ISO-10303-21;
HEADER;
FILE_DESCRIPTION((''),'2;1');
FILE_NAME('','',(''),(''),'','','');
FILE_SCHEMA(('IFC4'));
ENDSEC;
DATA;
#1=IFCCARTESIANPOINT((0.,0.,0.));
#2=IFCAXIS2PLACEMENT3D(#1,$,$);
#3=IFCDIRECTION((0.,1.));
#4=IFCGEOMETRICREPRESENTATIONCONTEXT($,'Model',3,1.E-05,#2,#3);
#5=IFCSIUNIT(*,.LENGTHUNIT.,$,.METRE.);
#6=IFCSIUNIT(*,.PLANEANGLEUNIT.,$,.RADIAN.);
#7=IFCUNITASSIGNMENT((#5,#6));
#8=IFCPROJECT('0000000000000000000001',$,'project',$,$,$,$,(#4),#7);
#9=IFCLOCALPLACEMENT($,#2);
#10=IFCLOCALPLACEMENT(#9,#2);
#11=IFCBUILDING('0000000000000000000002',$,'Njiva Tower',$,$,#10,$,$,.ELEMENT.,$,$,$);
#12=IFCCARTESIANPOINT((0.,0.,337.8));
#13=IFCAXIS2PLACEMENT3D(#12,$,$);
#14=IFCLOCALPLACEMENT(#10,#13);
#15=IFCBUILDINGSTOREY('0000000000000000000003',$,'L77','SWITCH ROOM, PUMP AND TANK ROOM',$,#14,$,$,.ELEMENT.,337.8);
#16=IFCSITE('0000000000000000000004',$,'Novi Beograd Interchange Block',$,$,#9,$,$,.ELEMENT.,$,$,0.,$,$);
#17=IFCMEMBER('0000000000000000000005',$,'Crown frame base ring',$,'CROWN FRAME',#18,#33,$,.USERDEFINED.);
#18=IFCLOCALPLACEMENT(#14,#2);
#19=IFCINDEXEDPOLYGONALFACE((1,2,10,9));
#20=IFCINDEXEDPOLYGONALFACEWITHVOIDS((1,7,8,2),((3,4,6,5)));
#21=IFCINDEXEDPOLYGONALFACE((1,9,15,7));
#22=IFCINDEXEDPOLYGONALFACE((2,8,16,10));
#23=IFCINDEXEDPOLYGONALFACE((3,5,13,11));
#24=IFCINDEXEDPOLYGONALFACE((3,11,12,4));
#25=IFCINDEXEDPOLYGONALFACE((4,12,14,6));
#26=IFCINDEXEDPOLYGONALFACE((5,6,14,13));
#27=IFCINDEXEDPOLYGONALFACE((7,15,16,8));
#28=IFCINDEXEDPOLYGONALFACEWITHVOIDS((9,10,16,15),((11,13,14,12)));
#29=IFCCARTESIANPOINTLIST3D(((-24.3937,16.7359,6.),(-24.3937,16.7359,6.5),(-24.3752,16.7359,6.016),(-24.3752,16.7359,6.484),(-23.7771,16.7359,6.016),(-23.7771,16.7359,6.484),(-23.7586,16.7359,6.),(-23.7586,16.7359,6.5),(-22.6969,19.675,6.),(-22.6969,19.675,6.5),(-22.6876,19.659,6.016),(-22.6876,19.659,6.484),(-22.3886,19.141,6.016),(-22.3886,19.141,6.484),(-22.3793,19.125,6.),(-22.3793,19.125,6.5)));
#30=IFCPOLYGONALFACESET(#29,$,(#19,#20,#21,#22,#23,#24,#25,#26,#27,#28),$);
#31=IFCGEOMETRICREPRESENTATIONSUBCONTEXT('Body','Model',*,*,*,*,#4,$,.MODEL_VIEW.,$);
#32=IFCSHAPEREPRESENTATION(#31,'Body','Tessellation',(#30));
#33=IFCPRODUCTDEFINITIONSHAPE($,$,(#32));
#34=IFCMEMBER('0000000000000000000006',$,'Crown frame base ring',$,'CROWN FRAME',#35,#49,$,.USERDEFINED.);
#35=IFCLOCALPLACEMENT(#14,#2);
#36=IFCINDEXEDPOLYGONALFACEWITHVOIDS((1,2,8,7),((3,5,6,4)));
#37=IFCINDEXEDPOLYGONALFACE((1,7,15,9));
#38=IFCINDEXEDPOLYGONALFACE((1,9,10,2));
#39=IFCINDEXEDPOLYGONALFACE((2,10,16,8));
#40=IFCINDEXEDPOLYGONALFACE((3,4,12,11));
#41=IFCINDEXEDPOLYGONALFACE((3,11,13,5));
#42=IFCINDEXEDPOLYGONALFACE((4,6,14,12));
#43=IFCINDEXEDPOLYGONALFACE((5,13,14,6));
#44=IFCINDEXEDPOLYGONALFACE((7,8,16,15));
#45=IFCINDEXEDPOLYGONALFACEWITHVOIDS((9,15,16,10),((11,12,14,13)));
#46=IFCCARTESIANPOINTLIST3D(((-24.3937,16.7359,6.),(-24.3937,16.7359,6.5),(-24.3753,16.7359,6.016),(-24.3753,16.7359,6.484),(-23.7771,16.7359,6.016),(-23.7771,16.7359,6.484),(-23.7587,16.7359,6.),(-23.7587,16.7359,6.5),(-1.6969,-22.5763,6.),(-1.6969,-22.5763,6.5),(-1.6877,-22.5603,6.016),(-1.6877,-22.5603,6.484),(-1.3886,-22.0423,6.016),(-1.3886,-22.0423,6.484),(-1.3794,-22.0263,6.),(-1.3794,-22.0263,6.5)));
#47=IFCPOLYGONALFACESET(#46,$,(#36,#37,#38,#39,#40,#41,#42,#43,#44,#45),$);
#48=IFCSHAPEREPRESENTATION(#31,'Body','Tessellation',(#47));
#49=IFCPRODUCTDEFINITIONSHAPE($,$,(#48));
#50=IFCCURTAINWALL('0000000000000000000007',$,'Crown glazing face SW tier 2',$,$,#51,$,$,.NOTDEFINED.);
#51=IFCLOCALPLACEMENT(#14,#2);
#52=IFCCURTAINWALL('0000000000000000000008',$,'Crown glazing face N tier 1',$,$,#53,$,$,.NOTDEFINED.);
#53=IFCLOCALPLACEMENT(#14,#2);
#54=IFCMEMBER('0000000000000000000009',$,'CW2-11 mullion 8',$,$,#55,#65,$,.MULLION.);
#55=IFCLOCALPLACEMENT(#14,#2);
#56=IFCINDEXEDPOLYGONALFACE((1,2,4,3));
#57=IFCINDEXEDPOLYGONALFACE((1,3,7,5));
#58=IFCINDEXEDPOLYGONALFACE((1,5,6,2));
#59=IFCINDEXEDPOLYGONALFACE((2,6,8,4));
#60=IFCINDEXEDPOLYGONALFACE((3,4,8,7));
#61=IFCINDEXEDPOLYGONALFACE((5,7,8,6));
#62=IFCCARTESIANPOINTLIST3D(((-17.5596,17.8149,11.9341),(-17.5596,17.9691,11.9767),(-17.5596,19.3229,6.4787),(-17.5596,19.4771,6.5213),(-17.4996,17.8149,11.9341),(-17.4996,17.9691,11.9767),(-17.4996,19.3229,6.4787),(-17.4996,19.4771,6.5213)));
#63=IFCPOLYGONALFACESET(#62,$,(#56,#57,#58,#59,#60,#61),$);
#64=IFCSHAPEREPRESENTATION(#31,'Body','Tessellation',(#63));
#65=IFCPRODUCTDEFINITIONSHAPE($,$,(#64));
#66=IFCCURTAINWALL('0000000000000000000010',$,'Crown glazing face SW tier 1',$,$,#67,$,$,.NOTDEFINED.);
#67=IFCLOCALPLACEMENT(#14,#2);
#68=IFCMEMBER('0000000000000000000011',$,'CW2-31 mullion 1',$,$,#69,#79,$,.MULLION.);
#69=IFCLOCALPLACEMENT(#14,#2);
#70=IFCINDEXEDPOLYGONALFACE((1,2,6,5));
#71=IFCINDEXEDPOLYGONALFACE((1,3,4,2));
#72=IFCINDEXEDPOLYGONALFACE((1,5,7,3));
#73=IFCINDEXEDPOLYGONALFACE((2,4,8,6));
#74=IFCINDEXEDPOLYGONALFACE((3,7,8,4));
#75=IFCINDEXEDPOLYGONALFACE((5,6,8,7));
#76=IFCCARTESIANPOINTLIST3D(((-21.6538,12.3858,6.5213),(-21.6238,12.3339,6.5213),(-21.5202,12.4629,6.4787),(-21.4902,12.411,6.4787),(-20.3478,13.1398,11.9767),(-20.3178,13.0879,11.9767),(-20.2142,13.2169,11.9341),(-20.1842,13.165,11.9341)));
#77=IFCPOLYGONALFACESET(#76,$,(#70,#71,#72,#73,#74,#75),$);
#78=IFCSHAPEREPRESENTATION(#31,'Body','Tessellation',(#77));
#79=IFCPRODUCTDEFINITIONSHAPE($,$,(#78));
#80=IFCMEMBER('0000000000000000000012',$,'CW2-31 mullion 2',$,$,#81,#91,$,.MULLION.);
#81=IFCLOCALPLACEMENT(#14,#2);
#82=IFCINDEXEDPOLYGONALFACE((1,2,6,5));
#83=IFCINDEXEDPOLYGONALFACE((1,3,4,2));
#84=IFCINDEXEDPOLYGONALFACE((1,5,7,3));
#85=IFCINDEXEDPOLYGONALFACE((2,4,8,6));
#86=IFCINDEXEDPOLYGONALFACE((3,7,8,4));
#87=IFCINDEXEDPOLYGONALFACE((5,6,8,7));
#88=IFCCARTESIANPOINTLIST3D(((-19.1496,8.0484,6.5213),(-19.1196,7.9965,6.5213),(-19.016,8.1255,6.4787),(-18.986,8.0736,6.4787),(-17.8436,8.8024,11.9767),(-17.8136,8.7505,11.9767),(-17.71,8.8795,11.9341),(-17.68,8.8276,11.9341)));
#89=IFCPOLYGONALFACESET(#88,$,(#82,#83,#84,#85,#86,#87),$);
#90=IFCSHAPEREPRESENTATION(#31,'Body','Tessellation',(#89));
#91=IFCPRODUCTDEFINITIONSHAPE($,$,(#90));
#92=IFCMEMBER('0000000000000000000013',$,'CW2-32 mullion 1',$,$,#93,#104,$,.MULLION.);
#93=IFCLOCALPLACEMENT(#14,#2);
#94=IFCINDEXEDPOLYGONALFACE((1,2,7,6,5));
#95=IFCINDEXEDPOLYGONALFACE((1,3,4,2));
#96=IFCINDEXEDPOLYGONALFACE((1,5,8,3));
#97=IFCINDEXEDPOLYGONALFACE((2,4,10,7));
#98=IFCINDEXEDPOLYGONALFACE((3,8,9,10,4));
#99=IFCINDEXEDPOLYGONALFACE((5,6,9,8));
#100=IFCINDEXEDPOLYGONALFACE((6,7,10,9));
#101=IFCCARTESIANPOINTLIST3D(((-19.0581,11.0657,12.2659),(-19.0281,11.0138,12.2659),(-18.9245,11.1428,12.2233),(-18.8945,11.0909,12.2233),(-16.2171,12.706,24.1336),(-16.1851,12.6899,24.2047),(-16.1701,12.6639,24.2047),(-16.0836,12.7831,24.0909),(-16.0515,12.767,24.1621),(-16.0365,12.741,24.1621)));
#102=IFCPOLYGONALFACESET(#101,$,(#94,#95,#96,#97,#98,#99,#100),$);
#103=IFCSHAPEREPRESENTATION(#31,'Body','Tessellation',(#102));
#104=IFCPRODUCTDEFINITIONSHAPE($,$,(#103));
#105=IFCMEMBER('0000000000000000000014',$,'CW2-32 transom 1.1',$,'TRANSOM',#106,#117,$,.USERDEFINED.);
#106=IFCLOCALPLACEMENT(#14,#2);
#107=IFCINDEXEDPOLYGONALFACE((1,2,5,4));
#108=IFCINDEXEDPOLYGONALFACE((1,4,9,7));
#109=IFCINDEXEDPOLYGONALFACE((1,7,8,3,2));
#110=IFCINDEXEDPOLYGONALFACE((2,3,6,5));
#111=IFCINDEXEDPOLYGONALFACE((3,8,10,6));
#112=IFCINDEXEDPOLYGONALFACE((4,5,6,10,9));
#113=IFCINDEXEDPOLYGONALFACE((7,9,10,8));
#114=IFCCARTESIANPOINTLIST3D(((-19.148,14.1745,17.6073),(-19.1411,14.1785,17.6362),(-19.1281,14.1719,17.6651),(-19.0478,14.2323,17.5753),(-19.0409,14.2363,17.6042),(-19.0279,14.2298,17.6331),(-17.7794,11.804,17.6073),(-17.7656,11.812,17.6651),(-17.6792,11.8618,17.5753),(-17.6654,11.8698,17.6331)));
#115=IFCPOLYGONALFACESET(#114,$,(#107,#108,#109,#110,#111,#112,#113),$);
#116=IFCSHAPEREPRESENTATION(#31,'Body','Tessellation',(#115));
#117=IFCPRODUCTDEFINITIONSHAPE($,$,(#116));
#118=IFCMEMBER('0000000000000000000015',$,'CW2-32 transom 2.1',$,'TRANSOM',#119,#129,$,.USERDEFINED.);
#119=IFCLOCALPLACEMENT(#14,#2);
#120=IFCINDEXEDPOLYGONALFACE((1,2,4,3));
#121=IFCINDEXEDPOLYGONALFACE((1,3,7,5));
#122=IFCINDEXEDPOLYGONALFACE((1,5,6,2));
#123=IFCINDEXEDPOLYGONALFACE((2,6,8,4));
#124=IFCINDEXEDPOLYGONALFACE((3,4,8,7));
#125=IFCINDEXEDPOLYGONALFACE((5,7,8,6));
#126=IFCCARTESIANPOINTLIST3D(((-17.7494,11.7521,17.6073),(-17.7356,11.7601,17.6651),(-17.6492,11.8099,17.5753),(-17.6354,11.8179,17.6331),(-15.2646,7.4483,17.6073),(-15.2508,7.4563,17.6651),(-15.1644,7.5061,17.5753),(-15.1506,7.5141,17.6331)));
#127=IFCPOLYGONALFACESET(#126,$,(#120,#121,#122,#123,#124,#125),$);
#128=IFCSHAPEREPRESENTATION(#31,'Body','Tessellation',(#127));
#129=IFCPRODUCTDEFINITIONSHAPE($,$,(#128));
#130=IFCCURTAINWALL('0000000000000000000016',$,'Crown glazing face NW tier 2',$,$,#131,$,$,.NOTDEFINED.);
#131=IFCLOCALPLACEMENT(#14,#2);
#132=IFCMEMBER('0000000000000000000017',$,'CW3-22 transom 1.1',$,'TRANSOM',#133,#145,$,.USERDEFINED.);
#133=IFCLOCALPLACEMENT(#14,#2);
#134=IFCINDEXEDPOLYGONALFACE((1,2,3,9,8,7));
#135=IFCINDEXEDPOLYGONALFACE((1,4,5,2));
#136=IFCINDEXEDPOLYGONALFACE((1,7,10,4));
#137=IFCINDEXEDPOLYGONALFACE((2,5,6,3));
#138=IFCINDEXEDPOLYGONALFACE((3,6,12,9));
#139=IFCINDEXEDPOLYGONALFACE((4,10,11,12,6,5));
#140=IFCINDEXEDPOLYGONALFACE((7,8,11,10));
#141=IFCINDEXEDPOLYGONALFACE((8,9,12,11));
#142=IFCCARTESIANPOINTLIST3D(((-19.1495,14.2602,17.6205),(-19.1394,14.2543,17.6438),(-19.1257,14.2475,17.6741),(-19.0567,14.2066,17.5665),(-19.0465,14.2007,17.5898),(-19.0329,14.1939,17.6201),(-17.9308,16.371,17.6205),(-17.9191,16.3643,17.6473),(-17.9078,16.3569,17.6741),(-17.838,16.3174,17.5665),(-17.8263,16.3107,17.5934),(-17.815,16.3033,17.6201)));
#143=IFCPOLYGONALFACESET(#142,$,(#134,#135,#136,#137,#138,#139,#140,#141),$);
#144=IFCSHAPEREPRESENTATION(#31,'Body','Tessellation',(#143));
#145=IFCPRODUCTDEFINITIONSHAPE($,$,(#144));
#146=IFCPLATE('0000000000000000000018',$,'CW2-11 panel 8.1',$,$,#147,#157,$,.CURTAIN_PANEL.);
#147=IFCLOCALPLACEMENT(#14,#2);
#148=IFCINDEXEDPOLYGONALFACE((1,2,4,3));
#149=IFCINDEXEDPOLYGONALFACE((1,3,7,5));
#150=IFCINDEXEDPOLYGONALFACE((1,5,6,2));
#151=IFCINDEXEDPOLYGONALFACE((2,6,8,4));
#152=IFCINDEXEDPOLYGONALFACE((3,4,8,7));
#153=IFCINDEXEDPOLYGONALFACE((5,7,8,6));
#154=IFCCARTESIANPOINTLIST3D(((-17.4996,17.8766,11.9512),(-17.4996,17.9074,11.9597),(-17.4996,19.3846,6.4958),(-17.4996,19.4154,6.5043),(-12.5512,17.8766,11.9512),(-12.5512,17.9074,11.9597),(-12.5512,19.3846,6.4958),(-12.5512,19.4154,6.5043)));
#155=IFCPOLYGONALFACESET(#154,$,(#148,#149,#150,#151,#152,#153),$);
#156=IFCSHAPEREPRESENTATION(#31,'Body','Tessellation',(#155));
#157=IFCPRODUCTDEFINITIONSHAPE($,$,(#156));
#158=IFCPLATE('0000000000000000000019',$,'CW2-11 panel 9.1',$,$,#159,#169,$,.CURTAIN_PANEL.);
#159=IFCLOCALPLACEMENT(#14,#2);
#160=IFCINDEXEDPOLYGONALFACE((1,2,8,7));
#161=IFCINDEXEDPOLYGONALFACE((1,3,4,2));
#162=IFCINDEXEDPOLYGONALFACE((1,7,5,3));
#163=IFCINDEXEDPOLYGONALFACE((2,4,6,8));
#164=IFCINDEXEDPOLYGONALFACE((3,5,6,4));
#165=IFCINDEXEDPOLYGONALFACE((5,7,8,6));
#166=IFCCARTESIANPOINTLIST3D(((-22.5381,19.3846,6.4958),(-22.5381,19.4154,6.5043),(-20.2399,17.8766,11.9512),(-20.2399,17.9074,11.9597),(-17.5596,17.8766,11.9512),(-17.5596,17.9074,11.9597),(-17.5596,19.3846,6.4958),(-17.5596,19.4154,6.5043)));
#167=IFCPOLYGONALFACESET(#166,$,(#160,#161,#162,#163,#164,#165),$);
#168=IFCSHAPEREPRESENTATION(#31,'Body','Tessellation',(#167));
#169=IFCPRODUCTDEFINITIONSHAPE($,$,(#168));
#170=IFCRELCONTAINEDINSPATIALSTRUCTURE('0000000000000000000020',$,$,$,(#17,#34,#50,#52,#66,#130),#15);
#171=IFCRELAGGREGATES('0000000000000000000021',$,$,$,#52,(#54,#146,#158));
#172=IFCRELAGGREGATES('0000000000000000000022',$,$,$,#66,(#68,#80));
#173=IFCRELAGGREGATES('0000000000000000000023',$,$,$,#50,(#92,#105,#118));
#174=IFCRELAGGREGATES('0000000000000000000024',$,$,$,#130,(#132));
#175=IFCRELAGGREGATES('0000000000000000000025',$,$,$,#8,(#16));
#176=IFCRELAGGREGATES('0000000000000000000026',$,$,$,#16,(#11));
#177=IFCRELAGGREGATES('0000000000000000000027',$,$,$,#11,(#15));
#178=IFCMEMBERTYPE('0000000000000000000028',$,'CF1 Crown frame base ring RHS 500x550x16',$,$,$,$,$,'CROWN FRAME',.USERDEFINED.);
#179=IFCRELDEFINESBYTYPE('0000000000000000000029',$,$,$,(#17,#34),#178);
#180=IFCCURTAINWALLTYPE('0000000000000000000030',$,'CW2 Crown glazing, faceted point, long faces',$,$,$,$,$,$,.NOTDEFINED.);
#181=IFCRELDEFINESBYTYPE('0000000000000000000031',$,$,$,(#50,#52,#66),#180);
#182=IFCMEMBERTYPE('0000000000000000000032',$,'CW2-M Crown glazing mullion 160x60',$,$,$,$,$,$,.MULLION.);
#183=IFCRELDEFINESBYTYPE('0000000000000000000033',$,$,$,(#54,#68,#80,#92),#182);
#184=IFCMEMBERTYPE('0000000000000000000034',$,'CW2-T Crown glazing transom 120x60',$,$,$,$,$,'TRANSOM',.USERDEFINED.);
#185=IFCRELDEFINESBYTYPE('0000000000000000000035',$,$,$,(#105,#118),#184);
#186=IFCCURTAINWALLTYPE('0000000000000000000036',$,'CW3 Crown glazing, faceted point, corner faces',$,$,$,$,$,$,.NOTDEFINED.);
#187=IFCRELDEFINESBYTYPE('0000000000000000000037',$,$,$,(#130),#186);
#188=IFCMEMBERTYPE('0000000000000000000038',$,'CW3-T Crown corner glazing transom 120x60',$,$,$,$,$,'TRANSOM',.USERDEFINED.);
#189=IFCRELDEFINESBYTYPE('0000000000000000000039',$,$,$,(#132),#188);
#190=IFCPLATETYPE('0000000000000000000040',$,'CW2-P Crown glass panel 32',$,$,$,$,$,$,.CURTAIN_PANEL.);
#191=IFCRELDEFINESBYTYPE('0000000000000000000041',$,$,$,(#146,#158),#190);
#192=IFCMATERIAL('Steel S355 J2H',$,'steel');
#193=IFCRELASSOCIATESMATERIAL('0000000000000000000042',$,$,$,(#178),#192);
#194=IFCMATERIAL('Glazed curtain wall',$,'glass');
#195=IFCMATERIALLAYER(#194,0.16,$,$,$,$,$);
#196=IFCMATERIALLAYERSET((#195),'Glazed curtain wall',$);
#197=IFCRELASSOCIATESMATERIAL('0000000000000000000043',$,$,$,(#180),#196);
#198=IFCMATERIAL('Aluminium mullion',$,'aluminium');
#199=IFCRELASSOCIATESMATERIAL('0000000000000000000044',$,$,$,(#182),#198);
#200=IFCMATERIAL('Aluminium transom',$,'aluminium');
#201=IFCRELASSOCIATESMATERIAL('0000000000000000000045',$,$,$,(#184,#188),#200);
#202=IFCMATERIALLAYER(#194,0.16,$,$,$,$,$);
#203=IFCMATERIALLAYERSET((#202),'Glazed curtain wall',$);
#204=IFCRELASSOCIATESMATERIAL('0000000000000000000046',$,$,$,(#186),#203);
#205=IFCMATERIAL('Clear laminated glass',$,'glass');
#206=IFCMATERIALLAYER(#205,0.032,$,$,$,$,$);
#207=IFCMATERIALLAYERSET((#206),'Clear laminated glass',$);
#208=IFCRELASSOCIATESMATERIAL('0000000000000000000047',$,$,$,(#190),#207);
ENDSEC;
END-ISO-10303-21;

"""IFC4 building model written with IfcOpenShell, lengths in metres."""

from ifc_helpers import new_model, si_unit, direction, frame, origin, origin_2d, place, context, subcontext, project, spatial, polyline, rectangle, hollow_rectangle, outline, extrude, clip, halfspace, material, layer, layer_set, material_profile, profile_set, type_object, element, aggregate, save


model = new_model("IFC4")

# Units and contexts
model_context = context("Model", 3, precision=1e-05, world=origin(), true_north=direction((0.0, 1.0)))
body_context = subcontext(model_context, "Body", "Model", "MODEL_VIEW")
ifc_project = project(units=[si_unit("LENGTHUNIT", "METRE"), si_unit("PLANEANGLEUNIT", "RADIAN")], contexts=[model_context])

# Site, building, storey
site_placement = place(None, origin())
site = spatial("IfcSite", under=ifc_project, at=site_placement, Name="Novi Beograd Interchange Block", CompositionType="ELEMENT", RefElevation=0.0)
building_placement = place(site_placement, origin())
building = spatial("IfcBuilding", under=site, at=building_placement, Name="Njiva Tower", CompositionType="ELEMENT")
storey_placement = place(building_placement, frame((0.0, 0.0, 337.8)))
storey = spatial("IfcBuildingStorey", under=building, at=storey_placement, Name="L77", Description="SWITCH ROOM, PUMP AND TANK ROOM", CompositionType="ELEMENT", Elevation=337.8)

# Members
ifc_material_1 = material(Name="Steel S355 J2H", Category="steel")
ifc_material_profile_1 = material_profile(ifc_material_1, hollow_rectangle(XDim=0.55, YDim=0.5, WallThickness=0.016, at=origin_2d()), Name="BOX 500x550x16")
ifc_profile_set_1 = profile_set([ifc_material_profile_1], Name="Steel S355 J2H")
member_type_1 = type_object("IfcMemberType", Name="CF1 Crown frame base ring RHS 500x550x16", ElementType="CROWN FRAME", PredefinedType="USERDEFINED", material=ifc_profile_set_1)
member_1_placement = place(storey_placement, frame((-22.2381, 19.9196, 6.25), z_axis=(-0.499995, -0.866028, 0.0), x_axis=(0.866028, -0.499995, 0.0)))
element("IfcMember", 1, at=member_1_placement, inside=storey, type_object=member_type_1, Name="Crown frame base ring", ObjectType="CROWN FRAME", PredefinedType="USERDEFINED", context=body_context, shape_type="Clipping", body=[
    clip(clip(extrude(hollow_rectangle(XDim=0.55, YDim=0.5, WallThickness=0.016, at=origin_2d()), origin(), (0.0, 0.0, 1.0), 4.2762), halfspace(frame((0.0, 0.0, 0.6), z_axis=(0.500005, 0.0, -0.866023), x_axis=(0.0, -1.0, 0.0)), False)), halfspace(frame((0.0, 0.0, 3.6762), z_axis=(0.499995, 0.0, 0.866028), x_axis=(0.0, 1.0, 0.0)), False)),
])
member_2_placement = place(storey_placement, frame((-24.3762, 17.2555, 6.25), z_axis=(0.499999, -0.866026, 0.0), x_axis=(0.866026, 0.499999, 0.0)))
element("IfcMember", 2, at=member_2_placement, inside=storey, type_object=member_type_1, Name="Crown frame base ring", ObjectType="CROWN FRAME", PredefinedType="USERDEFINED", context=body_context, shape_type="Clipping", body=[
    clip(clip(extrude(hollow_rectangle(XDim=0.55, YDim=0.5, WallThickness=0.016, at=origin_2d()), origin(), (0.0, 0.0, 1.0), 46.2763), halfspace(frame((0.0, 0.0, 0.6), z_axis=(0.499999, 0.0, -0.866026), x_axis=(0.0, -1.0, 0.0)), False)), halfspace(frame((0.0, 0.0, 45.6762), z_axis=(0.500001, 0.0, 0.866025), x_axis=(0.0, 1.0, 0.0)), False)),
])

# Curtain walls, member
ifc_material_2 = material(Name="Glazed curtain wall", Category="glass")
ifc_layer_1 = layer(ifc_material_2, 0.16)
ifc_layer_set_1 = layer_set([ifc_layer_1], Name="Glazed curtain wall")
curtain_wall_type_1 = type_object("IfcCurtainWallType", Name="CW2 Crown glazing, faceted point, long faces", PredefinedType="NOTDEFINED", material=ifc_layer_set_1)
curtain_wall_1_placement = place(storey_placement, origin())
curtain_wall_1 = element("IfcCurtainWall", 3, at=curtain_wall_1_placement, inside=storey, type_object=curtain_wall_type_1, Name="Crown glazing face SW tier 2", PredefinedType="NOTDEFINED")
curtain_wall_2_placement = place(storey_placement, origin())
curtain_wall_2 = element("IfcCurtainWall", 4, at=curtain_wall_2_placement, inside=storey, type_object=curtain_wall_type_1, Name="Crown glazing face N tier 1", PredefinedType="NOTDEFINED")
ifc_material_3 = material(Name="Aluminium mullion", Category="aluminium")
ifc_material_profile_2 = material_profile(ifc_material_3, rectangle(XDim=0.16, YDim=0.06, at=origin_2d()), Name="RECT 160x60")
ifc_profile_set_2 = profile_set([ifc_material_profile_2], Name="Aluminium mullion")
member_type_2 = type_object("IfcMemberType", Name="CW2-M Crown glazing mullion 160x60", PredefinedType="MULLION", material=ifc_profile_set_2)
member_3_placement = place(storey_placement, frame((-17.5296, 19.4, 6.5), z_axis=(0.0, -0.266432, 0.963854), x_axis=(0.0, 0.963854, 0.266432)))
member_3 = element("IfcMember", 5, at=member_3_placement, type_object=member_type_2, Name="CW2-11 mullion 8", PredefinedType="MULLION", context=body_context, shape_type="Clipping", body=[
    clip(clip(extrude(rectangle(XDim=0.16, YDim=0.06, at=origin_2d()), origin(), (0.0, 0.0, 1.0), 5.66), halfspace(frame((0.08, 0.0, 0.0), z_axis=(-0.000003, 0.0, -1.0), x_axis=(0.0, -1.0, 0.0)), False)), halfspace(frame((0.08, 0.0, 5.66), z_axis=(0.000003, 0.0, 1.0), x_axis=(0.0, 1.0, 0.0)), False)),
])

# Curtain wall, members
curtain_wall_3_placement = place(storey_placement, origin())
curtain_wall_3 = element("IfcCurtainWall", 6, at=curtain_wall_3_placement, inside=storey, type_object=curtain_wall_type_1, Name="Crown glazing face SW tier 1", PredefinedType="NOTDEFINED")
member_4_placement = place(storey_placement, frame((-21.572, 12.3984, 6.5), z_axis=(0.230742, 0.133216, 0.963852), x_axis=(-0.834726, -0.481917, 0.266436)))
member_4 = element("IfcMember", 7, at=member_4_placement, type_object=member_type_2, Name="CW2-31 mullion 1", PredefinedType="MULLION", context=body_context, shape_type="Clipping", body=[
    clip(clip(extrude(rectangle(XDim=0.16, YDim=0.06, at=origin_2d()), origin(), (0.0, 0.0, 1.0), 5.66), halfspace(frame((0.08, 0.0, 0.0), z_axis=(-0.000008, 0.000003, -1.0), x_axis=(0.0, -1.0, -0.000003)), False)), halfspace(frame((0.08, 0.0, 5.66), z_axis=(0.000008, -0.000003, 1.0), x_axis=(0.0, 1.0, 0.000003)), False)),
])
member_5_placement = place(storey_placement, frame((-19.0678, 8.061, 6.5), z_axis=(0.230742, 0.133216, 0.963852), x_axis=(-0.834726, -0.481917, 0.266436)))
member_5 = element("IfcMember", 8, at=member_5_placement, type_object=member_type_2, Name="CW2-31 mullion 2", PredefinedType="MULLION", context=body_context, shape_type="Clipping", body=[
    clip(clip(extrude(rectangle(XDim=0.16, YDim=0.06, at=origin_2d()), origin(), (0.0, 0.0, 1.0), 5.66), halfspace(frame((0.08, 0.0, 0.0), z_axis=(-0.000008, 0.000003, -1.0), x_axis=(0.0, -1.0, -0.000003)), False)), halfspace(frame((0.08, 0.0, 5.66), z_axis=(0.000008, -0.000003, 1.0), x_axis=(0.0, 1.0, 0.000003)), False)),
])

# Members
member_6_placement = place(storey_placement, frame((-18.9763, 11.0783, 12.2446), z_axis=(0.230735, 0.133217, 0.963854), x_axis=(-0.834718, -0.481934, 0.266431)))
member_6 = element("IfcMember", 9, at=member_6_placement, type_object=member_type_2, Name="CW2-32 mullion 1", PredefinedType="MULLION", context=body_context, shape_type="Clipping", body=[
    clip(clip(extrude(rectangle(XDim=0.16, YDim=0.06, at=origin_2d()), origin(), (0.0, 0.0, 1.0), 12.3865), halfspace(frame((0.08, 0.0, 0.0), z_axis=(-0.000002, -0.000002, -1.0), x_axis=(0.0, -1.0, 0.000002)), False)), halfspace(frame((0.08, 0.0, 12.3866), z_axis=(-0.000007, -0.926532, 0.376217), x_axis=(0.0, 0.376217, 0.926532)), False)),
])
ifc_material_4 = material(Name="Aluminium transom", Category="aluminium")
ifc_material_profile_3 = material_profile(ifc_material_4, rectangle(XDim=0.12, YDim=0.06, at=origin_2d()), Name="RECT 120x60")
ifc_profile_set_3 = profile_set([ifc_material_profile_3], Name="Aluminium transom")
member_type_3 = type_object("IfcMemberType", Name="CW2-T Crown glazing transom 120x60", ElementType="TRANSOM", PredefinedType="USERDEFINED", material=ifc_profile_set_3)
member_7_placement = place(storey_placement, frame((-19.091, 14.2074, 17.6202), z_axis=(0.499998, -0.866027, 0.0), x_axis=(-0.834724, -0.481925, 0.266428)))
member_7 = element("IfcMember", 10, at=member_7_placement, type_object=member_type_3, Name="CW2-32 transom 1.1", ObjectType="TRANSOM", PredefinedType="USERDEFINED", context=body_context, shape_type="Clipping", body=[
    clip(extrude(rectangle(XDim=0.12, YDim=0.06, at=origin_2d()), origin(), (0.0, 0.0, 1.0), 2.7372), halfspace(frame((0.06, 0.0, 0.0), z_axis=(0.000002, -0.376214, -0.926533), x_axis=(0.0, -0.926533, 0.376214)), False)),
])
member_8_placement = place(storey_placement, frame((-17.6924, 11.785, 17.6202), z_axis=(0.5, -0.866025, 0.0), x_axis=(-0.834723, -0.481927, 0.266428)))
member_8 = element("IfcMember", 11, at=member_8_placement, type_object=member_type_3, Name="CW2-32 transom 2.1", ObjectType="TRANSOM", PredefinedType="USERDEFINED", context=body_context, shape_type="SweptSolid", body=[
    extrude(rectangle(XDim=0.12, YDim=0.06, at=origin_2d()), origin(), (0.0, 0.0, 1.0), 4.9696),
])

# Curtain wall, member
ifc_layer_2 = layer(ifc_material_2, 0.16)
ifc_layer_set_2 = layer_set([ifc_layer_2], Name="Glazed curtain wall")
curtain_wall_type_2 = type_object("IfcCurtainWallType", Name="CW3 Crown glazing, faceted point, corner faces", PredefinedType="NOTDEFINED", material=ifc_layer_set_2)
curtain_wall_4_placement = place(storey_placement, origin())
curtain_wall_4 = element("IfcCurtainWall", 12, at=curtain_wall_4_placement, inside=storey, type_object=curtain_wall_type_2, Name="Crown glazing face NW tier 2", PredefinedType="NOTDEFINED")
ifc_material_profile_4 = material_profile(ifc_material_4, rectangle(XDim=0.12, YDim=0.06, at=origin_2d()), Name="RECT 120x60")
ifc_profile_set_4 = profile_set([ifc_material_profile_4], Name="Aluminium transom")
member_type_4 = type_object("IfcMemberType", Name="CW3-T Crown corner glazing transom 120x60", ElementType="TRANSOM", PredefinedType="USERDEFINED", material=ifc_profile_set_4)
member_9_placement = place(storey_placement, frame((-17.8727, 16.3375, 17.6203), z_axis=(-0.500009, -0.86602, 0.0), x_axis=(-0.773648, 0.446677, 0.449387)))
member_9 = element("IfcMember", 13, at=member_9_placement, type_object=member_type_4, Name="CW3-22 transom 1.1", ObjectType="TRANSOM", PredefinedType="USERDEFINED", context=body_context, shape_type="Clipping", body=[
    clip(clip(extrude(rectangle(XDim=0.12, YDim=0.06, at=origin_2d()), origin(), (0.0, 0.0, 1.0), 2.4374), halfspace(frame((0.06, 0.0, 0.0), z_axis=(0.000009, -0.02567, -0.99967), x_axis=(0.0, -0.99967, 0.02567)), False)), halfspace(frame((0.06, 0.0, 2.4373), z_axis=(-0.000009, -0.02568, 0.99967), x_axis=(0.0, 0.99967, 0.02568)), False)),
])

# Plates
ifc_material_5 = material(Name="Clear laminated glass", Category="glass")
ifc_layer_3 = layer(ifc_material_5, 0.032)
ifc_layer_set_3 = layer_set([ifc_layer_3], Name="Clear laminated glass")
plate_type_1 = type_object("IfcPlateType", Name="CW2-P Crown glass panel 32", PredefinedType="CURTAIN_PANEL", material=ifc_layer_set_3)
plate_1_placement = place(storey_placement, frame((-17.4996, 19.4154, 6.5043), z_axis=(0.0, 0.963854, 0.266432), x_axis=(0.0, -0.266432, 0.963854)))
plate_1 = element("IfcPlate", 14, at=plate_1_placement, type_object=plate_type_1, Name="CW2-11 panel 8.1", PredefinedType="CURTAIN_PANEL", context=body_context, shape_type="SweptSolid", body=[
    extrude(outline(polyline([(0.0, 0.0), (5.66, 0.0), (5.66, 4.9484), (0.0, 4.9484), (0.0, 0.0)])), origin(), (0.0, 0.0, -1.0), 0.032),
])
plate_2_placement = place(storey_placement, frame((-17.5596, 17.9074, 11.9597), z_axis=(0.0, 0.963854, 0.266432), x_axis=(0.0, 0.266432, -0.963854)))
plate_2 = element("IfcPlate", 15, at=plate_2_placement, type_object=plate_type_1, Name="CW2-11 panel 9.1", PredefinedType="CURTAIN_PANEL", context=body_context, shape_type="SweptSolid", body=[
    extrude(outline(polyline([(0.0, 0.0), (5.66, 0.0), (5.66, 4.9785), (0.0, 2.6803), (0.0, 0.0)])), origin(), (0.0, 0.0, -1.0), 0.032),
])
aggregate(curtain_wall_2, [member_3, plate_1, plate_2])
aggregate(curtain_wall_3, [member_4, member_5])
aggregate(curtain_wall_1, [member_6, member_7, member_8])

aggregate(curtain_wall_4, [member_9])

save(model, "model.ifc")
